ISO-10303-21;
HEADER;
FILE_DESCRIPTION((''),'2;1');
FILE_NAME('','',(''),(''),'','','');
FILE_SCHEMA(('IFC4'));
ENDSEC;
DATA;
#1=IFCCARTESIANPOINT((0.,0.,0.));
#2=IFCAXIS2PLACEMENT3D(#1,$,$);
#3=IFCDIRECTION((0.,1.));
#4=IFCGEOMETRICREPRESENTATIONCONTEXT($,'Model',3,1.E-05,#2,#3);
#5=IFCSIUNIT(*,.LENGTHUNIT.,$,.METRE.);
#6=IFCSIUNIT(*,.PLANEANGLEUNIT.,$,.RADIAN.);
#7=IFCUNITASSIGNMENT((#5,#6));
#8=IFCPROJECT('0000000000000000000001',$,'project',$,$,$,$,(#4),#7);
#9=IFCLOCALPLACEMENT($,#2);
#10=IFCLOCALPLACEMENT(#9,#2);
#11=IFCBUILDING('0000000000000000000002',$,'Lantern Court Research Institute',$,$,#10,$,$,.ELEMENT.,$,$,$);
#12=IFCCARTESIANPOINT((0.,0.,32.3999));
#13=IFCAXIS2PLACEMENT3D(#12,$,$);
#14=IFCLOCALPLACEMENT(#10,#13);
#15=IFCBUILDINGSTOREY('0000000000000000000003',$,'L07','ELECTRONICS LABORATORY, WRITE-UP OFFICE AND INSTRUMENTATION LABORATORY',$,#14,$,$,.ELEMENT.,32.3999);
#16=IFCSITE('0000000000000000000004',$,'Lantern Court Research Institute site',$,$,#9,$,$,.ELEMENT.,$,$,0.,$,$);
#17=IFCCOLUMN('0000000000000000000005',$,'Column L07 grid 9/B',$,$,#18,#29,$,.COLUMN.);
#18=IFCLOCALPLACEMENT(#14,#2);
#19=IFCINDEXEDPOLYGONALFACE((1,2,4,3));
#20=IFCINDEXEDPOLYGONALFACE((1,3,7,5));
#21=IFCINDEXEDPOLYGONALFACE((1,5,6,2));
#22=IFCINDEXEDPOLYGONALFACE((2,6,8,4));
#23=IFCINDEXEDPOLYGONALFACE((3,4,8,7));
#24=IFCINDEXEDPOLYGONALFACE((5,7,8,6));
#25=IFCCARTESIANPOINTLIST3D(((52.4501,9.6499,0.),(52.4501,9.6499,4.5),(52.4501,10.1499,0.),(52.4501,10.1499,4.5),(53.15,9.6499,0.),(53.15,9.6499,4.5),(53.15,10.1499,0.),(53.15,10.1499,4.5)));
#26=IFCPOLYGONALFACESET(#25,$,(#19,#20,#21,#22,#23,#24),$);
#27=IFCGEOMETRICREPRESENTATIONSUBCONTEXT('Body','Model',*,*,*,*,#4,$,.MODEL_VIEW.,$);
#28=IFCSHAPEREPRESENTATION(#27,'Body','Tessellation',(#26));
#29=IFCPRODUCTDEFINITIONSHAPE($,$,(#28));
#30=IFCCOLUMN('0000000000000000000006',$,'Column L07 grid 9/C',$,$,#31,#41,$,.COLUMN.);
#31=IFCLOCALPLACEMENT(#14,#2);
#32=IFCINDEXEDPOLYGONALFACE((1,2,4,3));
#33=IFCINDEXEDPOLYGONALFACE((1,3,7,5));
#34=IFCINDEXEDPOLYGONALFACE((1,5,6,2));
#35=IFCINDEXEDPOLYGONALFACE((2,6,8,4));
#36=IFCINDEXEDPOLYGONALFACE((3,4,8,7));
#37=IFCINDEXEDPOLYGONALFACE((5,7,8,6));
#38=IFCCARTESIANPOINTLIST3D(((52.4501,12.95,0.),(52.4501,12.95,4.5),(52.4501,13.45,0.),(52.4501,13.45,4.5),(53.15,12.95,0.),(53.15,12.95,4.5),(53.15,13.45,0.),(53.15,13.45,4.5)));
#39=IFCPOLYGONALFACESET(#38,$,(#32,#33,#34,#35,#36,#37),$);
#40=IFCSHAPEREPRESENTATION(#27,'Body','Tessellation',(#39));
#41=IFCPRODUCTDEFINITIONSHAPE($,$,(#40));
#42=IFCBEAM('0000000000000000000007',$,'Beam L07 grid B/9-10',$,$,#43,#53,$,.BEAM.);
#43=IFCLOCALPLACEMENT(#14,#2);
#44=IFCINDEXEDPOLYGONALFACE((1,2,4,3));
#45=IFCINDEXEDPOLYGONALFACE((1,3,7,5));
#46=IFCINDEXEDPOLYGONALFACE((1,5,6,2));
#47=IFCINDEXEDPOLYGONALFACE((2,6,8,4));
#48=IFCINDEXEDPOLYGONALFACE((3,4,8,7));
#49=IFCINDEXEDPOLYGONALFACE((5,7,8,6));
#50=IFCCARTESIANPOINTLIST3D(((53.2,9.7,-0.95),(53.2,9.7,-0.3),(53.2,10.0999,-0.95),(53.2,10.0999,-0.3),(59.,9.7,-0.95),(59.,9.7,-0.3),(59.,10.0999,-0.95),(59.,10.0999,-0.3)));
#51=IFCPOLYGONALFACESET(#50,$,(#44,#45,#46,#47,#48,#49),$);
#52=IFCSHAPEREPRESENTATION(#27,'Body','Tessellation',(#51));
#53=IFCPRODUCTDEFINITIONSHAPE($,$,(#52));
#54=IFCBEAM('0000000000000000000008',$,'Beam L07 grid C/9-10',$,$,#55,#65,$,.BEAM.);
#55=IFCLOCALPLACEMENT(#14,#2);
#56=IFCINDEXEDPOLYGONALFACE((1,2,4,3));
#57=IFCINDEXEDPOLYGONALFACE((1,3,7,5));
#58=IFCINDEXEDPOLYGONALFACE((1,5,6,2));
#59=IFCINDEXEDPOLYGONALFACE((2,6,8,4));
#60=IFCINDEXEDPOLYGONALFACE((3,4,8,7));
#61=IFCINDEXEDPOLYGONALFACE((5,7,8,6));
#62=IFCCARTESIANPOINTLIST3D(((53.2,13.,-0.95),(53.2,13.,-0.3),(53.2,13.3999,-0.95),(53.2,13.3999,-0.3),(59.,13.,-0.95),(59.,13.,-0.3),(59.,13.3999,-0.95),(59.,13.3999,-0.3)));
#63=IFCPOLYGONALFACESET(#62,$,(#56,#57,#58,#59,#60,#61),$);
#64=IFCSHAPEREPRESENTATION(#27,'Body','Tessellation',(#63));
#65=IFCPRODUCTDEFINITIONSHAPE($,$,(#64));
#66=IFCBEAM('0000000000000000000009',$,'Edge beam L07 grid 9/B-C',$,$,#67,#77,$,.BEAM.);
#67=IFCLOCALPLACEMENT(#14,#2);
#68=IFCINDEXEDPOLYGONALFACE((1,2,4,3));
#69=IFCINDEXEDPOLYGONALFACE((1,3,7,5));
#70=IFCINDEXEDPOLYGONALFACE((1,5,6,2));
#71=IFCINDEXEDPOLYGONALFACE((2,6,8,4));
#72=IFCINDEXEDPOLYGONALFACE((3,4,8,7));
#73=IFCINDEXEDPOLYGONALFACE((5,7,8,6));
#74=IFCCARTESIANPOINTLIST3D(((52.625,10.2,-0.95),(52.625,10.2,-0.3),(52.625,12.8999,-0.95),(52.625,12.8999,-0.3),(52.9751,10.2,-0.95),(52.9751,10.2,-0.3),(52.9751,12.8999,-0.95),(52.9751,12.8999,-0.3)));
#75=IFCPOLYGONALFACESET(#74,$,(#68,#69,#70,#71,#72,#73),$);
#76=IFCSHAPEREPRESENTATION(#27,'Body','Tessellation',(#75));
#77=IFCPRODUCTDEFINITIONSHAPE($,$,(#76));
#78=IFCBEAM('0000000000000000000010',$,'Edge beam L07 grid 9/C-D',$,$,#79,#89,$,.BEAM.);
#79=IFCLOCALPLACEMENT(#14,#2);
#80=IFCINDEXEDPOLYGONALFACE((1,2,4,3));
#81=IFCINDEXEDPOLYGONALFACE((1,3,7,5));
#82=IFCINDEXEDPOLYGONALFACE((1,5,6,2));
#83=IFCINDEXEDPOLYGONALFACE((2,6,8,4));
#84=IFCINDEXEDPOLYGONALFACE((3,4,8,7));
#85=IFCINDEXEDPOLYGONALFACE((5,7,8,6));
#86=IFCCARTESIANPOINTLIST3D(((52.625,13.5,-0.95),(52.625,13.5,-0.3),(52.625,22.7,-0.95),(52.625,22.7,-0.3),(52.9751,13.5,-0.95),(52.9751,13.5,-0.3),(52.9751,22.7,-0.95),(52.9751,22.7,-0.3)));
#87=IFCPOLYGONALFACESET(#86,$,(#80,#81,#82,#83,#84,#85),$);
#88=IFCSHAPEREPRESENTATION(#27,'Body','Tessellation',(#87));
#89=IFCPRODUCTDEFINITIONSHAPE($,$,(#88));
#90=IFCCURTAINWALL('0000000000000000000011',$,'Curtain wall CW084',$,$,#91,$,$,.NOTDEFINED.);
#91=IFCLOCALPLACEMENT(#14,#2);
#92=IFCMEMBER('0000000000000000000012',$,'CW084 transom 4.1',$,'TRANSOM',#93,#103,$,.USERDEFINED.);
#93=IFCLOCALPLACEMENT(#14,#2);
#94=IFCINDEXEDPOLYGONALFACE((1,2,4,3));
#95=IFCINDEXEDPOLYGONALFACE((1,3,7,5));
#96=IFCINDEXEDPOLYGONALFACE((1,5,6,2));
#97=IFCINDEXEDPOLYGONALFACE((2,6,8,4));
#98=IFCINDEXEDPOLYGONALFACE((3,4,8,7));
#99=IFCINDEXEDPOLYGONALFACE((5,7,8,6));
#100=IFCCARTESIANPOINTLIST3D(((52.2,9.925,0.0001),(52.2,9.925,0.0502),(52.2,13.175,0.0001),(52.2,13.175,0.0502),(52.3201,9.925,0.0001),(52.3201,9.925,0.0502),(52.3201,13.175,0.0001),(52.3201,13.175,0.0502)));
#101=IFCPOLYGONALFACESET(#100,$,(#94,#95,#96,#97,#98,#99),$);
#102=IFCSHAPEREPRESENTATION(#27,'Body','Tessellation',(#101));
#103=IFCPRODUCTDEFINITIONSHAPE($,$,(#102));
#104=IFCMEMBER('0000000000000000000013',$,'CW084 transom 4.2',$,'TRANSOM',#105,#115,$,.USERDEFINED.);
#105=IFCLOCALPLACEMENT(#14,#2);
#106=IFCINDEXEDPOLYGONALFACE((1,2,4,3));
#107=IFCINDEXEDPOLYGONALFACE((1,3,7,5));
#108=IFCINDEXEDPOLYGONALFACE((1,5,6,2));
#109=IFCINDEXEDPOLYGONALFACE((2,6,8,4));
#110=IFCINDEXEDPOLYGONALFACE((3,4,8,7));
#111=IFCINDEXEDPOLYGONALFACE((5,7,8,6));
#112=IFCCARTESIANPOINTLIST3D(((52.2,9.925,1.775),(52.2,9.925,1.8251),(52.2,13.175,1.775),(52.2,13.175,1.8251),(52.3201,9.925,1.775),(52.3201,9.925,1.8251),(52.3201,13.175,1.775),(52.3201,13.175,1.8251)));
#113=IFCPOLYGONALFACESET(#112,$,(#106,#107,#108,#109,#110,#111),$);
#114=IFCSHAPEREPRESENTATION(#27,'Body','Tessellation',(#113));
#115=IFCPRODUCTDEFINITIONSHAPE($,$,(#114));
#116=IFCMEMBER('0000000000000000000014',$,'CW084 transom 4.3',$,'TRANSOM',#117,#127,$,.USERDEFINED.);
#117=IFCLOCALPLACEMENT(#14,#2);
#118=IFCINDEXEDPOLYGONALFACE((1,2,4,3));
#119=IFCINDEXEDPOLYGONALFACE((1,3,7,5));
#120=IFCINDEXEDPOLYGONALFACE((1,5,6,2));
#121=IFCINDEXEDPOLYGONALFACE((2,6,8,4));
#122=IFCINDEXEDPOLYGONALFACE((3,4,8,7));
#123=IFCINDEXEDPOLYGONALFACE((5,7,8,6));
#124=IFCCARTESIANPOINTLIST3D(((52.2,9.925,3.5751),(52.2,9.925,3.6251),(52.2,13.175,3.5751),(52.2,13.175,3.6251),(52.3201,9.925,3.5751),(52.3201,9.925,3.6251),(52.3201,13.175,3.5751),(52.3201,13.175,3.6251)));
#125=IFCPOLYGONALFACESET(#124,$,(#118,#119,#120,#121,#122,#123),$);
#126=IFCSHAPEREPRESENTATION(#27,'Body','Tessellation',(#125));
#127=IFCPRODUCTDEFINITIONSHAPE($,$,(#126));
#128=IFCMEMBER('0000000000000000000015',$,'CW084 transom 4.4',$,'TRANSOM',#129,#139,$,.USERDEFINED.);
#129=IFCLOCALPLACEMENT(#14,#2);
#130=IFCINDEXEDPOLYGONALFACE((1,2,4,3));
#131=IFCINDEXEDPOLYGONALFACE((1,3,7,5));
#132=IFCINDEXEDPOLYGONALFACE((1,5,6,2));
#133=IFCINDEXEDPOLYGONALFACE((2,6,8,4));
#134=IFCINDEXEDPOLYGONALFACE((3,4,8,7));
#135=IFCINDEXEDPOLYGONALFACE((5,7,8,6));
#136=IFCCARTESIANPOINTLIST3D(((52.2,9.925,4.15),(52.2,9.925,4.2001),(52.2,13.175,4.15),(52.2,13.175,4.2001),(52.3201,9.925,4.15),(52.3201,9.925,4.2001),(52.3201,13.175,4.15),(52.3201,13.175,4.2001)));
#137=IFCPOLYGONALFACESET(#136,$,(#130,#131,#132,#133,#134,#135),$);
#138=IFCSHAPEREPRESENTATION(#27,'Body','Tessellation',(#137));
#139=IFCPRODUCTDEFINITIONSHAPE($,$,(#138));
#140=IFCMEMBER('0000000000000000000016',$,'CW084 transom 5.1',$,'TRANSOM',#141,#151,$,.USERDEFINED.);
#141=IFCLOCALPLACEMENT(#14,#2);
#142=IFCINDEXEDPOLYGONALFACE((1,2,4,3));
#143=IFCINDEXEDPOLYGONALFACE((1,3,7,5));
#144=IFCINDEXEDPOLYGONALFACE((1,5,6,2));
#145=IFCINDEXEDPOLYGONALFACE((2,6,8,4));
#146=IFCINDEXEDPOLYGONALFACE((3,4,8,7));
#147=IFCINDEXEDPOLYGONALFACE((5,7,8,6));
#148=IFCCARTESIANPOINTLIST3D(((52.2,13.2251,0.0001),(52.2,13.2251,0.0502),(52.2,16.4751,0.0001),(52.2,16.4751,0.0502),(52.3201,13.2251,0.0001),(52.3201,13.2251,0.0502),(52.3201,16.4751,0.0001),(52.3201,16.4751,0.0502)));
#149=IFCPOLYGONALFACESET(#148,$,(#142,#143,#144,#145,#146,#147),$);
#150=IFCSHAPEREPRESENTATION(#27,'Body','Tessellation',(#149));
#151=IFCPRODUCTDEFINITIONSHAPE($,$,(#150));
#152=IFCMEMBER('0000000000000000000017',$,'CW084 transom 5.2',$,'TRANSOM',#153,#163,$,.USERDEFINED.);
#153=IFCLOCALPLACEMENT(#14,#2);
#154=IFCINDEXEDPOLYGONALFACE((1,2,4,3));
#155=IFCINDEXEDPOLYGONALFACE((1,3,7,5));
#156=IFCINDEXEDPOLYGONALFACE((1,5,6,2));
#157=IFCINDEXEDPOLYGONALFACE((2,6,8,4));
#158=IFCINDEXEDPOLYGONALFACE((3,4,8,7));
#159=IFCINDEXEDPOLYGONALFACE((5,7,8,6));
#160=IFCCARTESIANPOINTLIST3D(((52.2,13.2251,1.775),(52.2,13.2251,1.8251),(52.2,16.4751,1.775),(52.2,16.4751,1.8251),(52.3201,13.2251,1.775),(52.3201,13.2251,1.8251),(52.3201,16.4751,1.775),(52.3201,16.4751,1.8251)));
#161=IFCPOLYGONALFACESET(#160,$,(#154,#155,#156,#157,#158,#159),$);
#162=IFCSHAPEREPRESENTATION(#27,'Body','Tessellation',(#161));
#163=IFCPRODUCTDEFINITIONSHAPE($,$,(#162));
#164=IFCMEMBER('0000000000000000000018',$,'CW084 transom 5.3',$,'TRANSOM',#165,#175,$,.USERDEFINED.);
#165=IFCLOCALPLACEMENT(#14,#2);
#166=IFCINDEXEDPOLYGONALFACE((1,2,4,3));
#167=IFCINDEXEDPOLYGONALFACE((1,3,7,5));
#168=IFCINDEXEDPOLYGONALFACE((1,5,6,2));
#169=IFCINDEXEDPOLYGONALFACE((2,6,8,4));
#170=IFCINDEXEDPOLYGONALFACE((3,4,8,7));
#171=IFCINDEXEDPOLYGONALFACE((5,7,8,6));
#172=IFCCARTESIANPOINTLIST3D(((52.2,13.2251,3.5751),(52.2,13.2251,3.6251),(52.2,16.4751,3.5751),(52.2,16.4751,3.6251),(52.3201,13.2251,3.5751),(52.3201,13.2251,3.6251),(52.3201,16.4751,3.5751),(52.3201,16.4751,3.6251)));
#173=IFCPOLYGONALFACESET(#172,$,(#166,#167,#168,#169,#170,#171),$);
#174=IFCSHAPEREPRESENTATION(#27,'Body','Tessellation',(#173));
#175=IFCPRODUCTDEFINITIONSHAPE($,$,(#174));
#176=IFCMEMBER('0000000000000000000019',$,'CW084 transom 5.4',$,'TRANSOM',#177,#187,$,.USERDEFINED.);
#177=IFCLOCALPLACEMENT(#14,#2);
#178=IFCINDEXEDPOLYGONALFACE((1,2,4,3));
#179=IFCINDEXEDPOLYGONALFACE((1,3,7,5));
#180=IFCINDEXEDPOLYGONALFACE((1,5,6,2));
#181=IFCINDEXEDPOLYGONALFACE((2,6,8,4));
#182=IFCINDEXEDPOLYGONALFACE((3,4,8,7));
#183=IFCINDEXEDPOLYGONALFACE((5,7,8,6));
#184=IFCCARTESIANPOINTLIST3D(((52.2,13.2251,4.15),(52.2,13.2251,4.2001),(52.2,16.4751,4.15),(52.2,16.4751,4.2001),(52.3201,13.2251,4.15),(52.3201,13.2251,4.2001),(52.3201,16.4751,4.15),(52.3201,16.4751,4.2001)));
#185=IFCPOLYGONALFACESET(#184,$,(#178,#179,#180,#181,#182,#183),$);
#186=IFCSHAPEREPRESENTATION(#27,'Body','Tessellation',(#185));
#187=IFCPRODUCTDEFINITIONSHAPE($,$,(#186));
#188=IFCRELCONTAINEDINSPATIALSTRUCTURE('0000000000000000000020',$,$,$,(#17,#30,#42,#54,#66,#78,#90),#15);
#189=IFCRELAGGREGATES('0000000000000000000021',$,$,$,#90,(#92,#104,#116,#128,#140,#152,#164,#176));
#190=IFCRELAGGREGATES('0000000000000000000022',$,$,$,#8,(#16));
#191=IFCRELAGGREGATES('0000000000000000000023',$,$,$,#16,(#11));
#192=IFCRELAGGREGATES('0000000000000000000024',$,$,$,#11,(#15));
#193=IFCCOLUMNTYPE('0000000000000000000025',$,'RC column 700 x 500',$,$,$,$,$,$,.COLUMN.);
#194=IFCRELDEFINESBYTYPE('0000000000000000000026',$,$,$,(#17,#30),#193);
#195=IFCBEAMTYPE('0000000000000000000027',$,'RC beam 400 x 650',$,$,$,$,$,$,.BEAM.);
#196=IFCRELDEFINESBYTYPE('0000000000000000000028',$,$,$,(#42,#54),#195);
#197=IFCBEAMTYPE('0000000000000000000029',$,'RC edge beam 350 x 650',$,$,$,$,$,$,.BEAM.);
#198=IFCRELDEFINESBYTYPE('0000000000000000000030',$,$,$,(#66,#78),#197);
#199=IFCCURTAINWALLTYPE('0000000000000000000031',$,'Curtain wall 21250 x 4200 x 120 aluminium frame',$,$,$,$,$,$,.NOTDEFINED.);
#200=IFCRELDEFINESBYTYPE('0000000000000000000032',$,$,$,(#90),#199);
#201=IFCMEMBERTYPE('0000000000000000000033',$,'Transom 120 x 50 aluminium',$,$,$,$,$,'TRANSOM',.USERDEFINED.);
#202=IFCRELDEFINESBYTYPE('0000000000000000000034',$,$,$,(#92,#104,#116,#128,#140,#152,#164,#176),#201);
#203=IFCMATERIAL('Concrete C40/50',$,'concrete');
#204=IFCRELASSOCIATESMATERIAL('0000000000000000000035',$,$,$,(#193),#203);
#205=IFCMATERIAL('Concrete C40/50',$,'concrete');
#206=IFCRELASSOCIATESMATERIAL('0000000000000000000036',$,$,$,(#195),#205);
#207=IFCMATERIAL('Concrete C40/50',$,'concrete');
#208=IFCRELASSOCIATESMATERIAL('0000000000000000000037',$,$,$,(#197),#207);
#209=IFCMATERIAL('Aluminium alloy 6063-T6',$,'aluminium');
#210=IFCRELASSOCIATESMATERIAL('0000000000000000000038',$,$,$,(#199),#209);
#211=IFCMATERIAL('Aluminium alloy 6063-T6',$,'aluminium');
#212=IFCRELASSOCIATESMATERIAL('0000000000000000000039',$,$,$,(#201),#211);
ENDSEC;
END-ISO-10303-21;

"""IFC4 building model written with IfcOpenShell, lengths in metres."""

from ifc_helpers import new_model, si_unit, direction, frame, origin, origin_2d, place, context, subcontext, project, spatial, rectangle, extrude, material, material_profile, profile_set, type_object, element, aggregate, save


model = new_model("IFC4")

# Units and contexts
model_context = context("Model", 3, precision=1e-05, world=origin(), true_north=direction((0.0, 1.0)))
body_context = subcontext(model_context, "Body", "Model", "MODEL_VIEW")
ifc_project = project(units=[si_unit("LENGTHUNIT", "METRE"), si_unit("PLANEANGLEUNIT", "RADIAN")], contexts=[model_context])

# Site, building, storey
site_placement = place(None, origin())
site = spatial("IfcSite", under=ifc_project, at=site_placement, Name="Lantern Court Research Institute site", CompositionType="ELEMENT", RefElevation=0.0)
building_placement = place(site_placement, origin())
building = spatial("IfcBuilding", under=site, at=building_placement, Name="Lantern Court Research Institute", CompositionType="ELEMENT")
storey_placement = place(building_placement, frame((0.0, 0.0, 32.3999)))
storey = spatial("IfcBuildingStorey", under=building, at=storey_placement, Name="L07", Description="ELECTRONICS LABORATORY, WRITE-UP OFFICE AND INSTRUMENTATION LABORATORY", CompositionType="ELEMENT", Elevation=32.3999)

# Columns
ifc_material_1 = material(Name="Concrete C40/50", Category="concrete")
ifc_material_profile_1 = material_profile(ifc_material_1, rectangle(XDim=0.7, YDim=0.5, at=origin_2d()), Name="RC column 700 x 500")
ifc_profile_set_1 = profile_set([ifc_material_profile_1], Name="Concrete C40/50")
column_type = type_object("IfcColumnType", Name="RC column 700 x 500", PredefinedType="COLUMN", material=ifc_profile_set_1)
for number, where, z_axis, x_axis, name in (
    (1, (52.8, 9.8999, 0.0), (0.0, 0.0, 1.0), (1.0, 0.0, 0.0), "Column L07 grid 9/B"),
    (2, (52.8, 13.2, 0.0), (0.0, 0.0, 1.0), (1.0, 0.0, 0.0), "Column L07 grid 9/C"),
):
    element("IfcColumn", number, at=place(storey_placement, frame(where, z_axis=z_axis, x_axis=x_axis)), inside=storey, type_object=column_type, Name=name, PredefinedType="COLUMN", context=body_context, shape_type="SweptSolid", body=[
        extrude(rectangle(XDim=0.7, YDim=0.5, at=origin_2d()), origin(), (0.0, 0.0, 1.0), 4.5),
    ])

# Beams
ifc_material_2 = material(Name="Concrete C40/50", Category="concrete")
ifc_material_profile_2 = material_profile(ifc_material_2, rectangle(XDim=0.3999, YDim=0.6499, at=origin_2d()), Name="RC beam 400 x 650")
ifc_profile_set_2 = profile_set([ifc_material_profile_2], Name="Concrete C40/50")
beam_type_1 = type_object("IfcBeamType", Name="RC beam 400 x 650", PredefinedType="BEAM", material=ifc_profile_set_2)
for number, where, z_axis, x_axis, name in (
    (3, (53.2, 9.8999, -0.625), (1.0, 0.0, 0.0), (0.0, 1.0, 0.0), "Beam L07 grid B/9-10"),
    (4, (53.2, 13.2, -0.625), (1.0, 0.0, 0.0), (0.0, 1.0, 0.0), "Beam L07 grid C/9-10"),
):
    element("IfcBeam", number, at=place(storey_placement, frame(where, z_axis=z_axis, x_axis=x_axis)), inside=storey, type_object=beam_type_1, Name=name, PredefinedType="BEAM", context=body_context, shape_type="SweptSolid", body=[
        extrude(rectangle(XDim=0.3999, YDim=0.6499, at=origin_2d()), origin(), (0.0, 0.0, 1.0), 5.8),
    ])
ifc_material_3 = material(Name="Concrete C40/50", Category="concrete")
ifc_material_profile_3 = material_profile(ifc_material_3, rectangle(XDim=0.3501, YDim=0.6499, at=origin_2d()), Name="RC beam 350 x 650")
ifc_profile_set_3 = profile_set([ifc_material_profile_3], Name="Concrete C40/50")
beam_type_2 = type_object("IfcBeamType", Name="RC edge beam 350 x 650", PredefinedType="BEAM", material=ifc_profile_set_3)
beam_1_placement = place(storey_placement, frame((52.8, 10.2, -0.625), z_axis=(0.0, 1.0, 0.0), x_axis=(-1.0, 0.0, 0.0)))
element("IfcBeam", 5, at=beam_1_placement, inside=storey, type_object=beam_type_2, Name="Edge beam L07 grid 9/B-C", PredefinedType="BEAM", context=body_context, shape_type="SweptSolid", body=[
    extrude(rectangle(XDim=0.3501, YDim=0.6499, at=origin_2d()), origin(), (0.0, 0.0, 1.0), 2.7),
])
beam_2_placement = place(storey_placement, frame((52.8, 13.5, -0.625), z_axis=(0.0, 1.0, 0.0), x_axis=(-1.0, 0.0, 0.0)))
element("IfcBeam", 6, at=beam_2_placement, inside=storey, type_object=beam_type_2, Name="Edge beam L07 grid 9/C-D", PredefinedType="BEAM", context=body_context, shape_type="SweptSolid", body=[
    extrude(rectangle(XDim=0.3501, YDim=0.6499, at=origin_2d()), origin(), (0.0, 0.0, 1.0), 9.2),
])

# Curtain wall, members
ifc_material_4 = material(Name="Aluminium alloy 6063-T6", Category="aluminium")
curtain_wall_type = type_object("IfcCurtainWallType", Name="Curtain wall 21250 x 4200 x 120 aluminium frame", PredefinedType="NOTDEFINED", material=ifc_material_4)
curtain_wall_placement = place(storey_placement, origin())
curtain_wall = element("IfcCurtainWall", 7, at=curtain_wall_placement, inside=storey, type_object=curtain_wall_type, Name="Curtain wall CW084", PredefinedType="NOTDEFINED")
ifc_material_5 = material(Name="Aluminium alloy 6063-T6", Category="aluminium")
ifc_material_profile_4 = material_profile(ifc_material_5, rectangle(XDim=0.1201, YDim=0.05, at=origin_2d()), Name="Transom 120 x 50")
ifc_profile_set_4 = profile_set([ifc_material_profile_4], Name="Aluminium alloy 6063-T6")
member_type = type_object("IfcMemberType", Name="Transom 120 x 50 aluminium", ElementType="TRANSOM", PredefinedType="USERDEFINED", material=ifc_profile_set_4)
member_1_placement = place(storey_placement, frame((52.26, 9.925, 0.0251), z_axis=(0.0, 1.0, 0.0), x_axis=(-1.0, 0.0, 0.0)))
member_1 = element("IfcMember", 8, at=member_1_placement, type_object=member_type, Name="CW084 transom 4.1", ObjectType="TRANSOM", PredefinedType="USERDEFINED", context=body_context, shape_type="SweptSolid", body=[
    extrude(rectangle(XDim=0.1201, YDim=0.05, at=origin_2d()), origin(), (0.0, 0.0, 1.0), 3.25),
])
member_2_placement = place(storey_placement, frame((52.26, 9.925, 1.8), z_axis=(0.0, 1.0, 0.0), x_axis=(-1.0, 0.0, 0.0)))
member_2 = element("IfcMember", 9, at=member_2_placement, type_object=member_type, Name="CW084 transom 4.2", ObjectType="TRANSOM", PredefinedType="USERDEFINED", context=body_context, shape_type="SweptSolid", body=[
    extrude(rectangle(XDim=0.1201, YDim=0.05, at=origin_2d()), origin(), (0.0, 0.0, 1.0), 3.25),
])
member_3_placement = place(storey_placement, frame((52.26, 9.925, 3.6001), z_axis=(0.0, 1.0, 0.0), x_axis=(-1.0, 0.0, 0.0)))
member_3 = element("IfcMember", 10, at=member_3_placement, type_object=member_type, Name="CW084 transom 4.3", ObjectType="TRANSOM", PredefinedType="USERDEFINED", context=body_context, shape_type="SweptSolid", body=[
    extrude(rectangle(XDim=0.1201, YDim=0.05, at=origin_2d()), origin(), (0.0, 0.0, 1.0), 3.25),
])
member_4_placement = place(storey_placement, frame((52.26, 9.925, 4.175), z_axis=(0.0, 1.0, 0.0), x_axis=(-1.0, 0.0, 0.0)))
member_4 = element("IfcMember", 11, at=member_4_placement, type_object=member_type, Name="CW084 transom 4.4", ObjectType="TRANSOM", PredefinedType="USERDEFINED", context=body_context, shape_type="SweptSolid", body=[
    extrude(rectangle(XDim=0.1201, YDim=0.05, at=origin_2d()), origin(), (0.0, 0.0, 1.0), 3.25),
])
member_5_placement = place(storey_placement, frame((52.26, 13.2251, 0.0251), z_axis=(0.0, 1.0, 0.0), x_axis=(-1.0, 0.0, 0.0)))
member_5 = element("IfcMember", 12, at=member_5_placement, type_object=member_type, Name="CW084 transom 5.1", ObjectType="TRANSOM", PredefinedType="USERDEFINED", context=body_context, shape_type="SweptSolid", body=[
    extrude(rectangle(XDim=0.1201, YDim=0.05, at=origin_2d()), origin(), (0.0, 0.0, 1.0), 3.25),
])
member_6_placement = place(storey_placement, frame((52.26, 13.2251, 1.8), z_axis=(0.0, 1.0, 0.0), x_axis=(-1.0, 0.0, 0.0)))
member_6 = element("IfcMember", 13, at=member_6_placement, type_object=member_type, Name="CW084 transom 5.2", ObjectType="TRANSOM", PredefinedType="USERDEFINED", context=body_context, shape_type="SweptSolid", body=[
    extrude(rectangle(XDim=0.1201, YDim=0.05, at=origin_2d()), origin(), (0.0, 0.0, 1.0), 3.25),
])
member_7_placement = place(storey_placement, frame((52.26, 13.2251, 3.6001), z_axis=(0.0, 1.0, 0.0), x_axis=(-1.0, 0.0, 0.0)))
member_7 = element("IfcMember", 14, at=member_7_placement, type_object=member_type, Name="CW084 transom 5.3", ObjectType="TRANSOM", PredefinedType="USERDEFINED", context=body_context, shape_type="SweptSolid", body=[
    extrude(rectangle(XDim=0.1201, YDim=0.05, at=origin_2d()), origin(), (0.0, 0.0, 1.0), 3.25),
])
member_8_placement = place(storey_placement, frame((52.26, 13.2251, 4.175), z_axis=(0.0, 1.0, 0.0), x_axis=(-1.0, 0.0, 0.0)))
member_8 = element("IfcMember", 15, at=member_8_placement, type_object=member_type, Name="CW084 transom 5.4", ObjectType="TRANSOM", PredefinedType="USERDEFINED", context=body_context, shape_type="SweptSolid", body=[
    extrude(rectangle(XDim=0.1201, YDim=0.05, at=origin_2d()), origin(), (0.0, 0.0, 1.0), 3.25),
])
aggregate(curtain_wall, [member_1, member_2, member_3, member_4, member_5, member_6, member_7, member_8])

save(model, "model.ifc")
